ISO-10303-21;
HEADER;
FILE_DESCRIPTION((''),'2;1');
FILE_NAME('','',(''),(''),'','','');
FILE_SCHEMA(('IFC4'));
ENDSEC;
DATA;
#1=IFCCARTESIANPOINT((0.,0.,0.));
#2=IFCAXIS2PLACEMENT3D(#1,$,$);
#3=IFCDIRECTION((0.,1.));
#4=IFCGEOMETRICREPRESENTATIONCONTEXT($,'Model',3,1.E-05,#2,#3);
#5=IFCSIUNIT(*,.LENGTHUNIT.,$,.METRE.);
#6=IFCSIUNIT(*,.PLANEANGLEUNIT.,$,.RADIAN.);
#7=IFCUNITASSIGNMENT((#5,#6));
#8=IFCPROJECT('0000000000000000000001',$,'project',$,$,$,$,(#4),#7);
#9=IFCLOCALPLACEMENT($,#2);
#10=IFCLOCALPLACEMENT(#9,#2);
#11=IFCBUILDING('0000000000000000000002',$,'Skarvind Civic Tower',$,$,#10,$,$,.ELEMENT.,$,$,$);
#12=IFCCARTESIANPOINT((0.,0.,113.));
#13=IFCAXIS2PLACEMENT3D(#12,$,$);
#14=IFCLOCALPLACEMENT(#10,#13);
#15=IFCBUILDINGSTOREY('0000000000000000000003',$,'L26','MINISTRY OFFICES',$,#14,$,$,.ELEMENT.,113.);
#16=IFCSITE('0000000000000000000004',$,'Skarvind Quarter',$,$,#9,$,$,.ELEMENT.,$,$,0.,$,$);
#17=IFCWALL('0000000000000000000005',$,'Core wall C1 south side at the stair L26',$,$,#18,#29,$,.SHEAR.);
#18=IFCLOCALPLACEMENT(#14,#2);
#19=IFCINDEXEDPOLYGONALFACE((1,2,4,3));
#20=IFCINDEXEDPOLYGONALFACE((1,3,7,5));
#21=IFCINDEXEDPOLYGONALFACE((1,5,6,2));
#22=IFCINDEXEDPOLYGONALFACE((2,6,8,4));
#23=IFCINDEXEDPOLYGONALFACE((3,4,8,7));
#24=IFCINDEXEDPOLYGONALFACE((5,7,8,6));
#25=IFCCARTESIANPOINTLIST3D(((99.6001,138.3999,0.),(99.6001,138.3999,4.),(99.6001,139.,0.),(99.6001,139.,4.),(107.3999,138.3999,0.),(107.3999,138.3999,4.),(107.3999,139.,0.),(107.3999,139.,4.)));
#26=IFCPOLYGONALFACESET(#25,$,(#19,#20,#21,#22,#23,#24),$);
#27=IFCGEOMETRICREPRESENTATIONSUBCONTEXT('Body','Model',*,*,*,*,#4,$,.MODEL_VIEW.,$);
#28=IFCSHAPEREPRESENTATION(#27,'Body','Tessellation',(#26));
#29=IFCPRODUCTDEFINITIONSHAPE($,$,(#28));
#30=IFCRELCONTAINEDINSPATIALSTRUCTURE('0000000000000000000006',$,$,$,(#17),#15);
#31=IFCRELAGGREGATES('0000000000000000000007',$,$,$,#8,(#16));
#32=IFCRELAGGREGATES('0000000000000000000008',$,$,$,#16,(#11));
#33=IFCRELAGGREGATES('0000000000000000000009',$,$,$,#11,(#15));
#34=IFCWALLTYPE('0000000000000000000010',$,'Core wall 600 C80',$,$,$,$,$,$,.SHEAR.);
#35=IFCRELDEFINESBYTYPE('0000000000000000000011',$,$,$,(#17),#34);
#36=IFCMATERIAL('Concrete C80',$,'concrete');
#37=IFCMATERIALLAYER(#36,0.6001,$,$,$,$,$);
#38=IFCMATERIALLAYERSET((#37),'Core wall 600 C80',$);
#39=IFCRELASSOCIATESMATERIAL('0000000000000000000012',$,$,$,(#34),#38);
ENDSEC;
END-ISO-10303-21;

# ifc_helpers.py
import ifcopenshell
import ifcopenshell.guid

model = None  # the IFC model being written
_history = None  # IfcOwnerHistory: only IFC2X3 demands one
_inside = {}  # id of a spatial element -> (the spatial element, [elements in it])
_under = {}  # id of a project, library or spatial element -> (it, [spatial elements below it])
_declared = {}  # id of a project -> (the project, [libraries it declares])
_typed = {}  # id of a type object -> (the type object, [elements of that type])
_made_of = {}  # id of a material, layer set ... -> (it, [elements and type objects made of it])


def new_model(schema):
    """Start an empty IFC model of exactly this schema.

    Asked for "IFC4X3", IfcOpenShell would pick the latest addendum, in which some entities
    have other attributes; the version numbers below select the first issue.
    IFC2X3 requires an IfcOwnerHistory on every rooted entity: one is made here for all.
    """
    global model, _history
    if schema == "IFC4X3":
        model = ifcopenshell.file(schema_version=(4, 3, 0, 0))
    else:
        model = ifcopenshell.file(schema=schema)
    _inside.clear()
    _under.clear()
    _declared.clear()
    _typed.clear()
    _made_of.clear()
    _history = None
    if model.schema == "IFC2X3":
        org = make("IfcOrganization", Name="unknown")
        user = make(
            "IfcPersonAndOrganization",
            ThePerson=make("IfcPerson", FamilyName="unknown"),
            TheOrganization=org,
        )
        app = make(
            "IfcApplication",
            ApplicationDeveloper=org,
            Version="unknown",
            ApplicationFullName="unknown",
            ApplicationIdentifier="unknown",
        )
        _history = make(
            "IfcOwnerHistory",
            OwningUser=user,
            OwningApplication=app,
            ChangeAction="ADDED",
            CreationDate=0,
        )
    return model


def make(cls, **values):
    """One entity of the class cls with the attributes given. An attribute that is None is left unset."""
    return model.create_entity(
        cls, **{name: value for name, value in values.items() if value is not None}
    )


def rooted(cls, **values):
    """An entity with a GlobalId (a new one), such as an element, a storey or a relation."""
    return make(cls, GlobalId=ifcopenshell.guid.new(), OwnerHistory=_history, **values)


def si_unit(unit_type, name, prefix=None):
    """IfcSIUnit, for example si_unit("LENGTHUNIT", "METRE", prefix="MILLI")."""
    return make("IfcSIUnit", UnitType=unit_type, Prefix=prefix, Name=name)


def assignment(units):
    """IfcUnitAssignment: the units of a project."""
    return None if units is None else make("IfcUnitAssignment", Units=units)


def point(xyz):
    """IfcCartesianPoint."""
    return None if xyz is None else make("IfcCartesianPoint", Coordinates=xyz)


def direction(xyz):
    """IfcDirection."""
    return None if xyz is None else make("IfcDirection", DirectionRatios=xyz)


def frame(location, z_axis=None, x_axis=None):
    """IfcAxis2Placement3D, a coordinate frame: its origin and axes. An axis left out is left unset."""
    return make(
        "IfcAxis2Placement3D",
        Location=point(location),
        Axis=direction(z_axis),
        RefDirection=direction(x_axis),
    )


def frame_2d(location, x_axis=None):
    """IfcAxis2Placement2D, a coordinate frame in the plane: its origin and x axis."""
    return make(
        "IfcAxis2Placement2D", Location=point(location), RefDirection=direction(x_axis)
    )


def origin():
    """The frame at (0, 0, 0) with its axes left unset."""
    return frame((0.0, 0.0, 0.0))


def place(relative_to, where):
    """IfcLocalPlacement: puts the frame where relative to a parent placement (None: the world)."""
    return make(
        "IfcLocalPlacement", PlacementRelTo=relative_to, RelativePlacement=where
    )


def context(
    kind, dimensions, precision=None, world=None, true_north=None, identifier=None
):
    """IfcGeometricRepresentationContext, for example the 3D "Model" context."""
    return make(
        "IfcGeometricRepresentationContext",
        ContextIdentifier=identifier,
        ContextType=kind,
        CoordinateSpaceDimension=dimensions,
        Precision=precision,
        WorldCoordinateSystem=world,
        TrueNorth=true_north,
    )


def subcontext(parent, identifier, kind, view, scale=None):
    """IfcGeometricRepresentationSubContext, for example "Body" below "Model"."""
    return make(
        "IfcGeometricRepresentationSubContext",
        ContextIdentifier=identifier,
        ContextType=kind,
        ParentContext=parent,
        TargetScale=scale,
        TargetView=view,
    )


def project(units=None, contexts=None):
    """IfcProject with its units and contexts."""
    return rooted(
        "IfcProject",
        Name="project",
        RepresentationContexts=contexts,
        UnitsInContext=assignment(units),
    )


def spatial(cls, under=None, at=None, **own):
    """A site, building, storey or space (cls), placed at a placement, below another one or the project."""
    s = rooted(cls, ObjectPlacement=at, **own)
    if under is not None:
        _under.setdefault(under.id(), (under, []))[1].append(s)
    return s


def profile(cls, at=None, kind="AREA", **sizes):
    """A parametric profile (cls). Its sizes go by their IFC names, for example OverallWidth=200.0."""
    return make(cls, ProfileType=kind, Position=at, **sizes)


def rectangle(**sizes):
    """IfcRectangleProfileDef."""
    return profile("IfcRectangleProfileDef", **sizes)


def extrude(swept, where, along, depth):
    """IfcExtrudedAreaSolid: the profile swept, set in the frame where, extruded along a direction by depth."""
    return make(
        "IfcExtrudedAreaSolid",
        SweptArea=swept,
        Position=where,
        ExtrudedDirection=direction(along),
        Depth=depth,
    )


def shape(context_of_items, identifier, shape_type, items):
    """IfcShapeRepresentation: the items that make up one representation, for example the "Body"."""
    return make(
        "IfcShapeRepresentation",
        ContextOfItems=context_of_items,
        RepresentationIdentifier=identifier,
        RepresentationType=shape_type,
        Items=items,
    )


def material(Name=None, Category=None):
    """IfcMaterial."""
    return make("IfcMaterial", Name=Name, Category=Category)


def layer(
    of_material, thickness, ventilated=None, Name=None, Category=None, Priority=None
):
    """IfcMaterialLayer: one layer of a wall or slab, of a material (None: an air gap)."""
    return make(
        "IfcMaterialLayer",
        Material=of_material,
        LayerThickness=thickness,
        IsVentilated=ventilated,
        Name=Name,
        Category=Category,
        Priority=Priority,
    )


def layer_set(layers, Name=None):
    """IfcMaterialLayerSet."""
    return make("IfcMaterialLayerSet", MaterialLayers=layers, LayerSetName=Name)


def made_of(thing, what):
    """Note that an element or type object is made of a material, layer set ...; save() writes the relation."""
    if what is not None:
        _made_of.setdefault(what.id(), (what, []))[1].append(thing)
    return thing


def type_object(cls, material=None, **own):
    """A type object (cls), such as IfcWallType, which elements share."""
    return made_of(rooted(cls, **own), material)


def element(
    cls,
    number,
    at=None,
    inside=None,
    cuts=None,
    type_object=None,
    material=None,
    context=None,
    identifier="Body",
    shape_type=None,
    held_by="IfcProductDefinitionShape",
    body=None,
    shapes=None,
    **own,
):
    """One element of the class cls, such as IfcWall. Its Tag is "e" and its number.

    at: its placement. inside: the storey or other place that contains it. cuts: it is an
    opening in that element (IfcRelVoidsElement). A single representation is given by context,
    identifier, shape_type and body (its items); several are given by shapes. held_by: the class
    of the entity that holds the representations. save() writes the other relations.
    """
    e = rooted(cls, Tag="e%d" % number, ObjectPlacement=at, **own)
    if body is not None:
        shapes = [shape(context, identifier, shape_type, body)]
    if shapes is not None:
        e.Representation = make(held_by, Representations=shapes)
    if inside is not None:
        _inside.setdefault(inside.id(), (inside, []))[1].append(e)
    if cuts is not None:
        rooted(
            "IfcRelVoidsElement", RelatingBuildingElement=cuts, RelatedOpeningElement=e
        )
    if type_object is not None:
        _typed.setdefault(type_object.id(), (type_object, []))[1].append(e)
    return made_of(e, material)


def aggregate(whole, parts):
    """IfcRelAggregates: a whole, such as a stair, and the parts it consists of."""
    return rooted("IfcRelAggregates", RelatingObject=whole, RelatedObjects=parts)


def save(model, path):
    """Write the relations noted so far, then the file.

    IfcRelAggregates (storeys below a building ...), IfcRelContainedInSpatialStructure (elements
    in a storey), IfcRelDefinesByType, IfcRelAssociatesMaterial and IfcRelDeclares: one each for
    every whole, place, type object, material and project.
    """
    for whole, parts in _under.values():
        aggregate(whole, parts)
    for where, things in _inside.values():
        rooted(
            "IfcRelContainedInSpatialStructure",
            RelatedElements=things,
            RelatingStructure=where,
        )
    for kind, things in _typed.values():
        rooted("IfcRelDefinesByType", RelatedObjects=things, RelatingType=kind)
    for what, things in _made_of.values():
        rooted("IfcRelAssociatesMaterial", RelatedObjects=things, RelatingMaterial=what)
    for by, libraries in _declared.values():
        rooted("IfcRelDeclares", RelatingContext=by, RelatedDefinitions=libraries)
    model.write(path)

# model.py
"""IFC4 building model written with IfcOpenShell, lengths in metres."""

from ifc_helpers import new_model, si_unit, direction, frame, frame_2d, origin, place, context, subcontext, project, spatial, rectangle, extrude, material, layer, layer_set, type_object, element, save


model = new_model("IFC4")

# Units and contexts
model_context = context("Model", 3, precision=1e-05, world=origin(), true_north=direction((0.0, 1.0)))
body_context = subcontext(model_context, "Body", "Model", "MODEL_VIEW")
ifc_project = project(units=[si_unit("LENGTHUNIT", "METRE"), si_unit("PLANEANGLEUNIT", "RADIAN")], contexts=[model_context])

# Site, building, storey
site_placement = place(None, origin())
site = spatial("IfcSite", under=ifc_project, at=site_placement, Name="Skarvind Quarter", CompositionType="ELEMENT", RefElevation=0.0)
building_placement = place(site_placement, origin())
building = spatial("IfcBuilding", under=site, at=building_placement, Name="Skarvind Civic Tower", CompositionType="ELEMENT")
storey_placement = place(building_placement, frame((0.0, 0.0, 113.0)))
storey = spatial("IfcBuildingStorey", under=building, at=storey_placement, Name="L26", Description="MINISTRY OFFICES", CompositionType="ELEMENT", Elevation=113.0)

# Shared definitions
ifc_material_1 = material(Name="Concrete C80", Category="concrete")

# Wall
ifc_layer_1 = layer(ifc_material_1, 0.6001)
ifc_layer_set_1 = layer_set([ifc_layer_1], Name="Core wall 600 C80")
wall_type_1 = type_object("IfcWallType", Name="Core wall 600 C80", PredefinedType="SHEAR", material=ifc_layer_set_1)
wall_1_placement = place(storey_placement, frame((107.3999, 138.7, 0.0), z_axis=(0.0, 0.0, 1.0), x_axis=(-1.0, 0.0, 0.0)))
element("IfcWall", 1, at=wall_1_placement, inside=storey, type_object=wall_type_1, Name="Core wall C1 south side at the stair L26", PredefinedType="SHEAR", context=body_context, shape_type="SweptSolid", body=[
    extrude(rectangle(XDim=7.7998, YDim=0.6001, at=frame_2d((3.8999, 0.0))), origin(), (0.0, 0.0, 1.0), 4.0),
])

save(model, "model.ifc")
